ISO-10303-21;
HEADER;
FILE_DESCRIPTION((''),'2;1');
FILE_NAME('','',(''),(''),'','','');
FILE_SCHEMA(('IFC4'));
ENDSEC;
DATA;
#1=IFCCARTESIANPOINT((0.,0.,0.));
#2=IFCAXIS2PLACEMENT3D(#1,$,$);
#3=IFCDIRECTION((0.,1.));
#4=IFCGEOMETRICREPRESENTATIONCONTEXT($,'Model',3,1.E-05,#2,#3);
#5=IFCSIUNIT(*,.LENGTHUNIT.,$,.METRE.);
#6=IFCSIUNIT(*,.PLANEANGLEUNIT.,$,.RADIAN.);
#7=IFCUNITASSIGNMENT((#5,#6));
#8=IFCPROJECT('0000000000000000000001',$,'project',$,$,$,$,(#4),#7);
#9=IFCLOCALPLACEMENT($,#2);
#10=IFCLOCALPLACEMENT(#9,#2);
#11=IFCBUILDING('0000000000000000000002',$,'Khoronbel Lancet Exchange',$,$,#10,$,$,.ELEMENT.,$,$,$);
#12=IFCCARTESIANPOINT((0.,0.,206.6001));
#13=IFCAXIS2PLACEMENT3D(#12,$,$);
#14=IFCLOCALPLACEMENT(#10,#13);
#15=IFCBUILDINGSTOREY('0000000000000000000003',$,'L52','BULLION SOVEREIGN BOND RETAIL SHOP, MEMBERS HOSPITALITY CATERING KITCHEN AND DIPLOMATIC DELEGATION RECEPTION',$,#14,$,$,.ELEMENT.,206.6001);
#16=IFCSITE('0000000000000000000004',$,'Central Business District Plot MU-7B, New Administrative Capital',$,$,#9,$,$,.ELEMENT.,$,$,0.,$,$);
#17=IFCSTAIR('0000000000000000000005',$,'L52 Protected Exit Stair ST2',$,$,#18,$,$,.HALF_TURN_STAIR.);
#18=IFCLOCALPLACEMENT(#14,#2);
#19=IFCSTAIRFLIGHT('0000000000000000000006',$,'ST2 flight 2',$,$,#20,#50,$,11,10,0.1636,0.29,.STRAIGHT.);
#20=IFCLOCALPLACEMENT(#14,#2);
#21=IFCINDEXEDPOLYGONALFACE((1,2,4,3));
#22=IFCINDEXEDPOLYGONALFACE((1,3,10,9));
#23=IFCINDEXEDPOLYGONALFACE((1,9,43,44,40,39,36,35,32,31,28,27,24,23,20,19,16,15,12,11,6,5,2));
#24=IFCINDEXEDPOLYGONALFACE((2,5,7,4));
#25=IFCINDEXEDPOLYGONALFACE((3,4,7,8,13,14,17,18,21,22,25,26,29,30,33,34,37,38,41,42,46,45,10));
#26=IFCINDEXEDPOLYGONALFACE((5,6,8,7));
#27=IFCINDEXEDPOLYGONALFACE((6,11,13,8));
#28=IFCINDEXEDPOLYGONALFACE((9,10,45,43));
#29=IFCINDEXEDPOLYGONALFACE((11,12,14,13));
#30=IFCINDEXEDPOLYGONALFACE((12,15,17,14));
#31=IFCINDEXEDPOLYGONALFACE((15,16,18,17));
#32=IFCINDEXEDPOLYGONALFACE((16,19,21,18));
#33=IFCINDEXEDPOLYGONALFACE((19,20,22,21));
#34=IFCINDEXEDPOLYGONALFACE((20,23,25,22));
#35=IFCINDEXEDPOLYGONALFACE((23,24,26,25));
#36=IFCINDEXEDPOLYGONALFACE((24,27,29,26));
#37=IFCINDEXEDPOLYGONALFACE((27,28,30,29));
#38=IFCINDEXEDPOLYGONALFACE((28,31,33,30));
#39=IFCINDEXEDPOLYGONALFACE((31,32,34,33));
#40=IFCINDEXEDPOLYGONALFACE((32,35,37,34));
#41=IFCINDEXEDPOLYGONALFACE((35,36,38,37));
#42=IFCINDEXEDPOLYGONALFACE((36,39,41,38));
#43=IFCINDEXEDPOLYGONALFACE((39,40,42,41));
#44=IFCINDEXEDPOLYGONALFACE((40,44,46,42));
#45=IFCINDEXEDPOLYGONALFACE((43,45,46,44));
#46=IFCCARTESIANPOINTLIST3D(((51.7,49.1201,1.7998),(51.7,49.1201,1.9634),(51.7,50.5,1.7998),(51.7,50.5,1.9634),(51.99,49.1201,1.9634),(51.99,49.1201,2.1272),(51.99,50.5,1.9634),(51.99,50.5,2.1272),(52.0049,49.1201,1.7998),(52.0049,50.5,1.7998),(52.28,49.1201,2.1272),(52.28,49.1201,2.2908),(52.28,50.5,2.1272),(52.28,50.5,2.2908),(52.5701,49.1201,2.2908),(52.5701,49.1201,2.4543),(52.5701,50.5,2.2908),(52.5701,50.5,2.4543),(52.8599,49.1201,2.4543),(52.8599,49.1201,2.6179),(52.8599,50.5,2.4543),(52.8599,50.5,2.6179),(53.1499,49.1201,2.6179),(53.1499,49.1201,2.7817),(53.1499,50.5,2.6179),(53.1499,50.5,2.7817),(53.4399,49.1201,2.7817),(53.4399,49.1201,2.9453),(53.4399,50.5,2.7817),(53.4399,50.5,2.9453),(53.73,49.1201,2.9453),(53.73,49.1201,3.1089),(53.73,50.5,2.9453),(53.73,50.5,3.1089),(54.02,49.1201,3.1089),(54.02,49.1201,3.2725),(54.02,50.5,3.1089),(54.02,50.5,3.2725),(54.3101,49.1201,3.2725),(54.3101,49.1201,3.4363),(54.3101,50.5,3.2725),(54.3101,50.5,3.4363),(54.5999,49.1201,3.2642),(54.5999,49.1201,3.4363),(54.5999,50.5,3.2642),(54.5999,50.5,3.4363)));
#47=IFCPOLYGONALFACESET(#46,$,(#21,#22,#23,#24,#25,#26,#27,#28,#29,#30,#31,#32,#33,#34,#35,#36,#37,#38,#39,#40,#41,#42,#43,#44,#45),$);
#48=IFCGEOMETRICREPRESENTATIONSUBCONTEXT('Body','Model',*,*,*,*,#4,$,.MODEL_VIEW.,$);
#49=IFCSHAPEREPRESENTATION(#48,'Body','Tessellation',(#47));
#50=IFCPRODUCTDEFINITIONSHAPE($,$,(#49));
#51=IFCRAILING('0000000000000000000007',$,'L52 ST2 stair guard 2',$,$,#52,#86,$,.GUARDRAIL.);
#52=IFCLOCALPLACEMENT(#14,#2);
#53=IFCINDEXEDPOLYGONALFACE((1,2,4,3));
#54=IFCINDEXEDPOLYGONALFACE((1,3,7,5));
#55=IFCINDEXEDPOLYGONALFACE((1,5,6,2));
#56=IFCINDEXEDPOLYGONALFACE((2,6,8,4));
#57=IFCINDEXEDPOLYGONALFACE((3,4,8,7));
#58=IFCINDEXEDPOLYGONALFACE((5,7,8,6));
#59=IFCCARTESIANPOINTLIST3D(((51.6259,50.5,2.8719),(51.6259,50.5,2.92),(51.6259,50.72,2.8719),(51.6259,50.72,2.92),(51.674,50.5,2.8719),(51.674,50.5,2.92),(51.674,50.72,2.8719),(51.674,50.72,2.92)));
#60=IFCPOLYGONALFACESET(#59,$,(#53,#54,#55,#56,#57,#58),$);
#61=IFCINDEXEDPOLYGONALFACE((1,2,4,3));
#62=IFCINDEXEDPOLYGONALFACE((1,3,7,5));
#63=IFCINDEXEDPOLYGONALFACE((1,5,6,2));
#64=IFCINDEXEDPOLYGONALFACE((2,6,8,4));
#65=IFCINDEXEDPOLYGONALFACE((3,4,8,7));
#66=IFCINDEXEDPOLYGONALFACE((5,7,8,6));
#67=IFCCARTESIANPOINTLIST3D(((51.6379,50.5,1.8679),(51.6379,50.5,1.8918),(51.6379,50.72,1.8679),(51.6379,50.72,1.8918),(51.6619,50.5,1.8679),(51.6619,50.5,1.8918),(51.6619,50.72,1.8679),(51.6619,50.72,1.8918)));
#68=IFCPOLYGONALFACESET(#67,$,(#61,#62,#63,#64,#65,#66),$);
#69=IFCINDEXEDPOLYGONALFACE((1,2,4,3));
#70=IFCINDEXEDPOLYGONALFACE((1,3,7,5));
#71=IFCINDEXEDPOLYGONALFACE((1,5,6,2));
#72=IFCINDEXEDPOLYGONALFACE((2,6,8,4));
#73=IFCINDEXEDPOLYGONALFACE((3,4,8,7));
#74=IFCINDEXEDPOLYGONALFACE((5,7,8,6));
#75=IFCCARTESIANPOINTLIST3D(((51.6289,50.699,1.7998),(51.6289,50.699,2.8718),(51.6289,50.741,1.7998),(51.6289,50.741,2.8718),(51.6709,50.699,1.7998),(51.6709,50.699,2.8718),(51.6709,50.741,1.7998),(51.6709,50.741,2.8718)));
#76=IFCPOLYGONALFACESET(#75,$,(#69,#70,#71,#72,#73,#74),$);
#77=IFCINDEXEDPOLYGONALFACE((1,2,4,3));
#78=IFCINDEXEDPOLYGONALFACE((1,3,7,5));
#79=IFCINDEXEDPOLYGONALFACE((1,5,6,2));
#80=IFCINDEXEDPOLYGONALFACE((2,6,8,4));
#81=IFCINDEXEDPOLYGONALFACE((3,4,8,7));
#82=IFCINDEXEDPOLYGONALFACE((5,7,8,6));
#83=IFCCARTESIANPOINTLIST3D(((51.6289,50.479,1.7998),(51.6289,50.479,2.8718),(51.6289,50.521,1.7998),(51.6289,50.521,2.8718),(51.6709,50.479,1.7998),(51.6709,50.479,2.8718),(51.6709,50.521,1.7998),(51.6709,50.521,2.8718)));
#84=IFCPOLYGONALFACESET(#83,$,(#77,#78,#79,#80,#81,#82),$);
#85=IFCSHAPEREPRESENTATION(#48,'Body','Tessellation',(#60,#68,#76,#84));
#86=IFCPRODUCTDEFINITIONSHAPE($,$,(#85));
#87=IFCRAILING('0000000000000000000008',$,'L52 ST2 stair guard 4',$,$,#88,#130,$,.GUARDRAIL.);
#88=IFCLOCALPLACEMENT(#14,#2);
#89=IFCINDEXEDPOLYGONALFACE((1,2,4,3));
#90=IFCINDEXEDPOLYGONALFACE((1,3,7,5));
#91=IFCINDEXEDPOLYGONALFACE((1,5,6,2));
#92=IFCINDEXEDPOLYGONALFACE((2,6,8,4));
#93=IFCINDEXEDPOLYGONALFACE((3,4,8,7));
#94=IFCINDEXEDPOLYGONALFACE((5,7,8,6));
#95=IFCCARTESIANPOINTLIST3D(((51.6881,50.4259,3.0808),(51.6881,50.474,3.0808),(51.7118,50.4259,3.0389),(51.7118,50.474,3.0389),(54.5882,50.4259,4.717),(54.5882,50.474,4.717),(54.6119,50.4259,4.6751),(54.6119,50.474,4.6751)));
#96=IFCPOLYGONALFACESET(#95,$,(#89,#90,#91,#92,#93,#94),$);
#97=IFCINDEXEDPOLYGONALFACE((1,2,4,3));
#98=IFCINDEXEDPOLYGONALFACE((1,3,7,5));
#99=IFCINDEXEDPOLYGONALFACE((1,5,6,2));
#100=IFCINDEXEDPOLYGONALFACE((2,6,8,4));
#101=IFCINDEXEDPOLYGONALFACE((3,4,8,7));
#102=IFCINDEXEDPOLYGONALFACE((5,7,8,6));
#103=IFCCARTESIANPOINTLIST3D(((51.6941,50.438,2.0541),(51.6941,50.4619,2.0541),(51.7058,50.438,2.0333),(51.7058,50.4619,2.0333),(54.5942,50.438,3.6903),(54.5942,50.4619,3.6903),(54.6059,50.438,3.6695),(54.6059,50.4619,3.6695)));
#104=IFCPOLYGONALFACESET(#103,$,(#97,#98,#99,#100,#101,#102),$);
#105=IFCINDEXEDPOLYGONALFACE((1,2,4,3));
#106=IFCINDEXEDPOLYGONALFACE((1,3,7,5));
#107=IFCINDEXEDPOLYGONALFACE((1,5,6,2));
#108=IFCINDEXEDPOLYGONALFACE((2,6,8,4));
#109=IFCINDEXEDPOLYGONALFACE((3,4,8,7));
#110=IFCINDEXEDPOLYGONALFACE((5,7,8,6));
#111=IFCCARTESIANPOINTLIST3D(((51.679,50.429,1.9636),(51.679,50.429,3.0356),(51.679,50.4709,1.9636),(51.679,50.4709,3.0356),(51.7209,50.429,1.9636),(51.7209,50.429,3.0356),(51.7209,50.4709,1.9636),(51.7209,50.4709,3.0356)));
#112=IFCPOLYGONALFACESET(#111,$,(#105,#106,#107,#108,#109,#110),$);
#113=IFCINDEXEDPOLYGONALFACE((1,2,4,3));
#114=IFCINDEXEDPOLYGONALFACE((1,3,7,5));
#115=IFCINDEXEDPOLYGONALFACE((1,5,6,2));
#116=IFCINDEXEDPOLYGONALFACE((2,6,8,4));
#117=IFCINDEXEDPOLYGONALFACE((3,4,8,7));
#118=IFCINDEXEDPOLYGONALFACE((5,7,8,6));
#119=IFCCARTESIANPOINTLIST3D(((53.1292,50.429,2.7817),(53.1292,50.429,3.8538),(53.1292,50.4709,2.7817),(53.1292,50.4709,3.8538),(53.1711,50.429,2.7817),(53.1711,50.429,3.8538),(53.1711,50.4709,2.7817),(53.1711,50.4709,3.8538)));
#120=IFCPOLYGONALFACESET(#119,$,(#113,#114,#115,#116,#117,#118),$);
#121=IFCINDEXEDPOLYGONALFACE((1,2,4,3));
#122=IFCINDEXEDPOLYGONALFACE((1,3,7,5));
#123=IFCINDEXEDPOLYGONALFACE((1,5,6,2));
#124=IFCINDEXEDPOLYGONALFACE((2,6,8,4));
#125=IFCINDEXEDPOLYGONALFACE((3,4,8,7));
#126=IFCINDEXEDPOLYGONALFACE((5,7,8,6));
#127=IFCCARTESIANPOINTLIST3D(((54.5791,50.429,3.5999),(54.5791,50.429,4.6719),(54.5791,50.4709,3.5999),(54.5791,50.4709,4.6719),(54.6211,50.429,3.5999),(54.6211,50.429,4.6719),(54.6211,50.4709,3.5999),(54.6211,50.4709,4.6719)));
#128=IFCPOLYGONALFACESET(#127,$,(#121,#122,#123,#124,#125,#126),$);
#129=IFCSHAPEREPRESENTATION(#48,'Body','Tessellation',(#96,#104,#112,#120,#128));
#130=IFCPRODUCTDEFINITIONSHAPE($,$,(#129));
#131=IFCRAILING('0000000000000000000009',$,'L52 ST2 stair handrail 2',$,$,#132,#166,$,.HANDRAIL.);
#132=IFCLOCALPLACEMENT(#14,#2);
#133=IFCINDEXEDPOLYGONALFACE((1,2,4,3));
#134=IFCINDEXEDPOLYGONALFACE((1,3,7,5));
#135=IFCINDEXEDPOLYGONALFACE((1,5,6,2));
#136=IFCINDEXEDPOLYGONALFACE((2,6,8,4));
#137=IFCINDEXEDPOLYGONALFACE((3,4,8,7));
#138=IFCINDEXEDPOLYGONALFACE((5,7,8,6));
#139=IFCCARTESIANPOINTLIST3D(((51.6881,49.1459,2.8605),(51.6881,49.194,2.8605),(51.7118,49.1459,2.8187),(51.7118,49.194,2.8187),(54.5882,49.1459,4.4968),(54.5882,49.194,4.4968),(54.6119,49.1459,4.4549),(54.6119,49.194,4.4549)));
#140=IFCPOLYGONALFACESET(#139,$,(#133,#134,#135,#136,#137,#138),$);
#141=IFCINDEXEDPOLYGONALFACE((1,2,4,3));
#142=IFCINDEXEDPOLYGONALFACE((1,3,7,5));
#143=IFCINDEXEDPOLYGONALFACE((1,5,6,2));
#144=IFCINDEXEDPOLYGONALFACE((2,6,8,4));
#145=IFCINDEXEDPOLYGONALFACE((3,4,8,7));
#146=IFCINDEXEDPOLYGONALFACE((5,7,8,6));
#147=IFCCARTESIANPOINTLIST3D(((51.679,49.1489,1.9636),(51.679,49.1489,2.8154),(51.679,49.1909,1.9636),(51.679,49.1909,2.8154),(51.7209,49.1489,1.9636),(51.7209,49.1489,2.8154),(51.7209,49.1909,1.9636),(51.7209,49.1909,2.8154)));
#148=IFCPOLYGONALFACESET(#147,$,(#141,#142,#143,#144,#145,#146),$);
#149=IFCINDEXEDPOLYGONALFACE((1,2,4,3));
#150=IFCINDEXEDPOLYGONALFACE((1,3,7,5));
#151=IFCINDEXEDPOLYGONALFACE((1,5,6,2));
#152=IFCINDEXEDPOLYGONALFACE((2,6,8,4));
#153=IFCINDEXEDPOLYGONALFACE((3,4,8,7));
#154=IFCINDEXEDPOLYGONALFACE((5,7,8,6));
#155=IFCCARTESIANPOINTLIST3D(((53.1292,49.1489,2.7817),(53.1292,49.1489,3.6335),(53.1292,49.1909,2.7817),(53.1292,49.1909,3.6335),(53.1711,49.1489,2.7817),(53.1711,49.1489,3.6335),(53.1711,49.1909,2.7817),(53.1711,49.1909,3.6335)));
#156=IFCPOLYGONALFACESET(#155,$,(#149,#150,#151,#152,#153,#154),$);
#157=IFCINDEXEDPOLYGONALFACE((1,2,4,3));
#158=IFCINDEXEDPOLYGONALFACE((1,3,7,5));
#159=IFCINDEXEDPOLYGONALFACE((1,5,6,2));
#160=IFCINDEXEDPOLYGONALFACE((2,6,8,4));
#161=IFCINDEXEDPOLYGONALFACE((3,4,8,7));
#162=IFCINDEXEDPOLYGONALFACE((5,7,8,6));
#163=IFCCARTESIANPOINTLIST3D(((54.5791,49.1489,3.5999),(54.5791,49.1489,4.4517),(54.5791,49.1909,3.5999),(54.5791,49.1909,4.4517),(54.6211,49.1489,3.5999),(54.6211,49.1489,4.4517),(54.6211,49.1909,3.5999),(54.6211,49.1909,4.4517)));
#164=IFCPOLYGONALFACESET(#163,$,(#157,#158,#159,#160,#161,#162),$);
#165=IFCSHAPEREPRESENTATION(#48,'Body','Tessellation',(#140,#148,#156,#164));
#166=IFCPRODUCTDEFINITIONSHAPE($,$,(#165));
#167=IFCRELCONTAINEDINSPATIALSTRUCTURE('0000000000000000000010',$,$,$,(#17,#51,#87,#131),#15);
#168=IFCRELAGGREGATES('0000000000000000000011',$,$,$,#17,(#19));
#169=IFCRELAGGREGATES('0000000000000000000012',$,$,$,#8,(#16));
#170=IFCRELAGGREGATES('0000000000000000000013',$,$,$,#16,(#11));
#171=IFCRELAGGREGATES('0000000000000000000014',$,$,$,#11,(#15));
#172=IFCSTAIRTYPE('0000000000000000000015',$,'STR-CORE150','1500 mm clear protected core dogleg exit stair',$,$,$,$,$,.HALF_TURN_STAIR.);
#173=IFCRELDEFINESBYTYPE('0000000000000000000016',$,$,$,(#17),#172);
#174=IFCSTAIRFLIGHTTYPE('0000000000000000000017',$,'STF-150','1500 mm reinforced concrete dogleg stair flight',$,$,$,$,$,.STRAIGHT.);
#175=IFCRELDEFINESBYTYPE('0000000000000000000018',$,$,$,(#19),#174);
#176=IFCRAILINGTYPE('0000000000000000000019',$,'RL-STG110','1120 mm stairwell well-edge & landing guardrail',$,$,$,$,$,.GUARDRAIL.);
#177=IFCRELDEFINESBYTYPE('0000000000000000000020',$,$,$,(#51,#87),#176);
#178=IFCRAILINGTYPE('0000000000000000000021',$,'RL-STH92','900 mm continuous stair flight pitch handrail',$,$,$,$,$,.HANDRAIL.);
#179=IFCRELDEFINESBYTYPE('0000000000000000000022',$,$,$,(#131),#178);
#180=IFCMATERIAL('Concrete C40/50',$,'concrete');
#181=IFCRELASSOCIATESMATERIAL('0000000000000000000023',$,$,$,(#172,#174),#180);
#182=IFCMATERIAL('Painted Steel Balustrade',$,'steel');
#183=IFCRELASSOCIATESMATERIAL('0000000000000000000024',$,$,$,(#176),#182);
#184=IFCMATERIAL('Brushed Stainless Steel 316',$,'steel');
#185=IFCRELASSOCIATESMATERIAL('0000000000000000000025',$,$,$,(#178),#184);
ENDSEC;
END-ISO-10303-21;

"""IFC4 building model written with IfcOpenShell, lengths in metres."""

from ifc_helpers import new_model, si_unit, direction, frame, origin, origin_2d, place, context, subcontext, project, spatial, polyline, rectangle, outline, extrude, material, type_object, element, aggregate, save


model = new_model("IFC4")

# Units and contexts
model_context = context("Model", 3, precision=1e-05, world=origin(), true_north=direction((0.0, 1.0)))
body_context = subcontext(model_context, "Body", "Model", "MODEL_VIEW")
ifc_project = project(units=[si_unit("LENGTHUNIT", "METRE"), si_unit("PLANEANGLEUNIT", "RADIAN")], contexts=[model_context])

# Site, building, storey
site_placement = place(None, origin())
site = spatial("IfcSite", under=ifc_project, at=site_placement, Name="Central Business District Plot MU-7B, New Administrative Capital", CompositionType="ELEMENT", RefElevation=0.0)
building_placement = place(site_placement, origin())
building = spatial("IfcBuilding", under=site, at=building_placement, Name="Khoronbel Lancet Exchange", CompositionType="ELEMENT")
storey_placement = place(building_placement, frame((0.0, 0.0, 206.6001)))
storey = spatial("IfcBuildingStorey", under=building, at=storey_placement, Name="L52", Description="BULLION SOVEREIGN BOND RETAIL SHOP, MEMBERS HOSPITALITY CATERING KITCHEN AND DIPLOMATIC DELEGATION RECEPTION", CompositionType="ELEMENT", Elevation=206.6001)

# Stair, stair flight
ifc_material_1 = material(Name="Concrete C40/50", Category="concrete")
stair_type = type_object("IfcStairType", Name="STR-CORE150", Description="1500 mm clear protected core dogleg exit stair", PredefinedType="HALF_TURN_STAIR", material=ifc_material_1)
stair_placement = place(storey_placement, origin())
stair = element("IfcStair", 1, at=stair_placement, inside=storey, type_object=stair_type, Name="L52 Protected Exit Stair ST2", PredefinedType="HALF_TURN_STAIR")
stair_flight_type = type_object("IfcStairFlightType", Name="STF-150", Description="1500 mm reinforced concrete dogleg stair flight", PredefinedType="STRAIGHT", material=ifc_material_1)
stair_flight_placement = place(storey_placement, frame((51.7, 49.8101, 1.7998), z_axis=(0.0, 0.0, 1.0), x_axis=(1.0, 0.0, 0.0)))
stair_flight = element("IfcStairFlight", 2, at=stair_flight_placement, type_object=stair_flight_type, Name="ST2 flight 2", NumberOfRisers=11, NumberOfTreads=10, PredefinedType="STRAIGHT", RiserHeight=0.1636, TreadLength=0.29, context=body_context, shape_type="SweptSolid", body=[
    extrude(outline(polyline([(0.0, 0.0), (0.0, 0.1636), (0.29, 0.1636), (0.29, 0.3274), (0.5801, 0.3274), (0.5801, 0.491), (0.8701, 0.491), (0.8701, 0.6545), (1.1599, 0.6545), (1.1599, 0.8181), (1.45, 0.8181), (1.45, 0.9819), (1.74, 0.9819), (1.74, 1.1455), (2.03, 1.1455), (2.03, 1.3091), (2.3201, 1.3091), (2.3201, 1.4727), (2.6101, 1.4727), (2.6101, 1.6365), (2.8999, 1.6365), (2.8999, 1.8), (2.8999, 1.4644), (0.3049, 0.0), (0.0, 0.0)])), frame((0.0, 0.6899, 0.0), z_axis=(0.0, -1.0, 0.0), x_axis=(1.0, 0.0, 0.0)), (0.0, 0.0, 1.0), 1.3799),
])
aggregate(stair, [stair_flight])

# Railings
ifc_material_2 = material(Name="Painted Steel Balustrade", Category="steel")
railing_type_1 = type_object("IfcRailingType", Name="RL-STG110", Description="1120 mm stairwell well-edge & landing guardrail", PredefinedType="GUARDRAIL", material=ifc_material_2)
railing_1_placement = place(storey_placement, frame((51.6499, 50.72, 1.7998)))
element("IfcRailing", 3, at=railing_1_placement, inside=storey, type_object=railing_type_1, Name="L52 ST2 stair guard 2", PredefinedType="GUARDRAIL", context=body_context, shape_type="SweptSolid", body=[
    extrude(rectangle(XDim=0.0481, YDim=0.0481, at=origin_2d()), frame((0.0, 0.0, 1.0962), z_axis=(0.0, -1.0, 0.0), x_axis=(1.0, 0.0, 0.0)), (0.0, 0.0, 1.0), 0.22),
    extrude(rectangle(XDim=0.0239, YDim=0.0239, at=origin_2d()), frame((0.0, 0.0, 0.0801), z_axis=(0.0, -1.0, 0.0), x_axis=(1.0, 0.0, 0.0)), (0.0, 0.0, 1.0), 0.22),
    extrude(rectangle(XDim=0.042, YDim=0.042, at=origin_2d()), origin(), (0.0, 0.0, 1.0), 1.072),
    extrude(rectangle(XDim=0.042, YDim=0.042, at=origin_2d()), frame((0.0, -0.22, 0.0)), (0.0, 0.0, 1.0), 1.072),
])
railing_2_placement = place(storey_placement, frame((51.7, 50.45, 1.9636)))
element("IfcRailing", 4, at=railing_2_placement, inside=storey, type_object=railing_type_1, Name="L52 ST2 stair guard 4", PredefinedType="GUARDRAIL", context=body_context, shape_type="SweptSolid", body=[
    extrude(rectangle(XDim=0.0481, YDim=0.0481, at=origin_2d()), frame((0.0, 0.0, 1.0962), z_axis=(0.870946, 0.0, 0.491378), x_axis=(0.0, 1.0, 0.0)), (0.0, 0.0, 1.0), 3.3298),
    extrude(rectangle(XDim=0.0239, YDim=0.0239, at=origin_2d()), frame((0.0, 0.0, 0.0801), z_axis=(0.870946, 0.0, 0.491378), x_axis=(0.0, 1.0, 0.0)), (0.0, 0.0, 1.0), 3.3298),
    extrude(rectangle(XDim=0.042, YDim=0.042, at=origin_2d()), origin(), (0.0, 0.0, 1.0), 1.072),
    extrude(rectangle(XDim=0.042, YDim=0.042, at=origin_2d()), frame((1.4502, 0.0, 0.8181)), (0.0, 0.0, 1.0), 1.072),
    extrude(rectangle(XDim=0.042, YDim=0.042, at=origin_2d()), frame((2.9001, 0.0, 1.6362)), (0.0, 0.0, 1.0), 1.072),
])
ifc_material_3 = material(Name="Brushed Stainless Steel 316", Category="steel")
railing_type_2 = type_object("IfcRailingType", Name="RL-STH92", Description="900 mm continuous stair flight pitch handrail", PredefinedType="HANDRAIL", material=ifc_material_3)
railing_3_placement = place(storey_placement, frame((51.7, 49.1699, 1.9636)))
element("IfcRailing", 5, at=railing_3_placement, inside=storey, type_object=railing_type_2, Name="L52 ST2 stair handrail 2", PredefinedType="HANDRAIL", context=body_context, shape_type="SweptSolid", body=[
    extrude(rectangle(XDim=0.0481, YDim=0.0481, at=origin_2d()), frame((0.0, 0.0, 0.876), z_axis=(0.870946, 0.0, 0.491378), x_axis=(0.0, 1.0, 0.0)), (0.0, 0.0, 1.0), 3.3298),
    extrude(rectangle(XDim=0.042, YDim=0.042, at=origin_2d()), origin(), (0.0, 0.0, 1.0), 0.8518),
    extrude(rectangle(XDim=0.042, YDim=0.042, at=origin_2d()), frame((1.4502, 0.0, 0.8181)), (0.0, 0.0, 1.0), 0.8518),
    extrude(rectangle(XDim=0.042, YDim=0.042, at=origin_2d()), frame((2.9001, 0.0, 1.6362)), (0.0, 0.0, 1.0), 0.8518),
])

save(model, "model.ifc")
